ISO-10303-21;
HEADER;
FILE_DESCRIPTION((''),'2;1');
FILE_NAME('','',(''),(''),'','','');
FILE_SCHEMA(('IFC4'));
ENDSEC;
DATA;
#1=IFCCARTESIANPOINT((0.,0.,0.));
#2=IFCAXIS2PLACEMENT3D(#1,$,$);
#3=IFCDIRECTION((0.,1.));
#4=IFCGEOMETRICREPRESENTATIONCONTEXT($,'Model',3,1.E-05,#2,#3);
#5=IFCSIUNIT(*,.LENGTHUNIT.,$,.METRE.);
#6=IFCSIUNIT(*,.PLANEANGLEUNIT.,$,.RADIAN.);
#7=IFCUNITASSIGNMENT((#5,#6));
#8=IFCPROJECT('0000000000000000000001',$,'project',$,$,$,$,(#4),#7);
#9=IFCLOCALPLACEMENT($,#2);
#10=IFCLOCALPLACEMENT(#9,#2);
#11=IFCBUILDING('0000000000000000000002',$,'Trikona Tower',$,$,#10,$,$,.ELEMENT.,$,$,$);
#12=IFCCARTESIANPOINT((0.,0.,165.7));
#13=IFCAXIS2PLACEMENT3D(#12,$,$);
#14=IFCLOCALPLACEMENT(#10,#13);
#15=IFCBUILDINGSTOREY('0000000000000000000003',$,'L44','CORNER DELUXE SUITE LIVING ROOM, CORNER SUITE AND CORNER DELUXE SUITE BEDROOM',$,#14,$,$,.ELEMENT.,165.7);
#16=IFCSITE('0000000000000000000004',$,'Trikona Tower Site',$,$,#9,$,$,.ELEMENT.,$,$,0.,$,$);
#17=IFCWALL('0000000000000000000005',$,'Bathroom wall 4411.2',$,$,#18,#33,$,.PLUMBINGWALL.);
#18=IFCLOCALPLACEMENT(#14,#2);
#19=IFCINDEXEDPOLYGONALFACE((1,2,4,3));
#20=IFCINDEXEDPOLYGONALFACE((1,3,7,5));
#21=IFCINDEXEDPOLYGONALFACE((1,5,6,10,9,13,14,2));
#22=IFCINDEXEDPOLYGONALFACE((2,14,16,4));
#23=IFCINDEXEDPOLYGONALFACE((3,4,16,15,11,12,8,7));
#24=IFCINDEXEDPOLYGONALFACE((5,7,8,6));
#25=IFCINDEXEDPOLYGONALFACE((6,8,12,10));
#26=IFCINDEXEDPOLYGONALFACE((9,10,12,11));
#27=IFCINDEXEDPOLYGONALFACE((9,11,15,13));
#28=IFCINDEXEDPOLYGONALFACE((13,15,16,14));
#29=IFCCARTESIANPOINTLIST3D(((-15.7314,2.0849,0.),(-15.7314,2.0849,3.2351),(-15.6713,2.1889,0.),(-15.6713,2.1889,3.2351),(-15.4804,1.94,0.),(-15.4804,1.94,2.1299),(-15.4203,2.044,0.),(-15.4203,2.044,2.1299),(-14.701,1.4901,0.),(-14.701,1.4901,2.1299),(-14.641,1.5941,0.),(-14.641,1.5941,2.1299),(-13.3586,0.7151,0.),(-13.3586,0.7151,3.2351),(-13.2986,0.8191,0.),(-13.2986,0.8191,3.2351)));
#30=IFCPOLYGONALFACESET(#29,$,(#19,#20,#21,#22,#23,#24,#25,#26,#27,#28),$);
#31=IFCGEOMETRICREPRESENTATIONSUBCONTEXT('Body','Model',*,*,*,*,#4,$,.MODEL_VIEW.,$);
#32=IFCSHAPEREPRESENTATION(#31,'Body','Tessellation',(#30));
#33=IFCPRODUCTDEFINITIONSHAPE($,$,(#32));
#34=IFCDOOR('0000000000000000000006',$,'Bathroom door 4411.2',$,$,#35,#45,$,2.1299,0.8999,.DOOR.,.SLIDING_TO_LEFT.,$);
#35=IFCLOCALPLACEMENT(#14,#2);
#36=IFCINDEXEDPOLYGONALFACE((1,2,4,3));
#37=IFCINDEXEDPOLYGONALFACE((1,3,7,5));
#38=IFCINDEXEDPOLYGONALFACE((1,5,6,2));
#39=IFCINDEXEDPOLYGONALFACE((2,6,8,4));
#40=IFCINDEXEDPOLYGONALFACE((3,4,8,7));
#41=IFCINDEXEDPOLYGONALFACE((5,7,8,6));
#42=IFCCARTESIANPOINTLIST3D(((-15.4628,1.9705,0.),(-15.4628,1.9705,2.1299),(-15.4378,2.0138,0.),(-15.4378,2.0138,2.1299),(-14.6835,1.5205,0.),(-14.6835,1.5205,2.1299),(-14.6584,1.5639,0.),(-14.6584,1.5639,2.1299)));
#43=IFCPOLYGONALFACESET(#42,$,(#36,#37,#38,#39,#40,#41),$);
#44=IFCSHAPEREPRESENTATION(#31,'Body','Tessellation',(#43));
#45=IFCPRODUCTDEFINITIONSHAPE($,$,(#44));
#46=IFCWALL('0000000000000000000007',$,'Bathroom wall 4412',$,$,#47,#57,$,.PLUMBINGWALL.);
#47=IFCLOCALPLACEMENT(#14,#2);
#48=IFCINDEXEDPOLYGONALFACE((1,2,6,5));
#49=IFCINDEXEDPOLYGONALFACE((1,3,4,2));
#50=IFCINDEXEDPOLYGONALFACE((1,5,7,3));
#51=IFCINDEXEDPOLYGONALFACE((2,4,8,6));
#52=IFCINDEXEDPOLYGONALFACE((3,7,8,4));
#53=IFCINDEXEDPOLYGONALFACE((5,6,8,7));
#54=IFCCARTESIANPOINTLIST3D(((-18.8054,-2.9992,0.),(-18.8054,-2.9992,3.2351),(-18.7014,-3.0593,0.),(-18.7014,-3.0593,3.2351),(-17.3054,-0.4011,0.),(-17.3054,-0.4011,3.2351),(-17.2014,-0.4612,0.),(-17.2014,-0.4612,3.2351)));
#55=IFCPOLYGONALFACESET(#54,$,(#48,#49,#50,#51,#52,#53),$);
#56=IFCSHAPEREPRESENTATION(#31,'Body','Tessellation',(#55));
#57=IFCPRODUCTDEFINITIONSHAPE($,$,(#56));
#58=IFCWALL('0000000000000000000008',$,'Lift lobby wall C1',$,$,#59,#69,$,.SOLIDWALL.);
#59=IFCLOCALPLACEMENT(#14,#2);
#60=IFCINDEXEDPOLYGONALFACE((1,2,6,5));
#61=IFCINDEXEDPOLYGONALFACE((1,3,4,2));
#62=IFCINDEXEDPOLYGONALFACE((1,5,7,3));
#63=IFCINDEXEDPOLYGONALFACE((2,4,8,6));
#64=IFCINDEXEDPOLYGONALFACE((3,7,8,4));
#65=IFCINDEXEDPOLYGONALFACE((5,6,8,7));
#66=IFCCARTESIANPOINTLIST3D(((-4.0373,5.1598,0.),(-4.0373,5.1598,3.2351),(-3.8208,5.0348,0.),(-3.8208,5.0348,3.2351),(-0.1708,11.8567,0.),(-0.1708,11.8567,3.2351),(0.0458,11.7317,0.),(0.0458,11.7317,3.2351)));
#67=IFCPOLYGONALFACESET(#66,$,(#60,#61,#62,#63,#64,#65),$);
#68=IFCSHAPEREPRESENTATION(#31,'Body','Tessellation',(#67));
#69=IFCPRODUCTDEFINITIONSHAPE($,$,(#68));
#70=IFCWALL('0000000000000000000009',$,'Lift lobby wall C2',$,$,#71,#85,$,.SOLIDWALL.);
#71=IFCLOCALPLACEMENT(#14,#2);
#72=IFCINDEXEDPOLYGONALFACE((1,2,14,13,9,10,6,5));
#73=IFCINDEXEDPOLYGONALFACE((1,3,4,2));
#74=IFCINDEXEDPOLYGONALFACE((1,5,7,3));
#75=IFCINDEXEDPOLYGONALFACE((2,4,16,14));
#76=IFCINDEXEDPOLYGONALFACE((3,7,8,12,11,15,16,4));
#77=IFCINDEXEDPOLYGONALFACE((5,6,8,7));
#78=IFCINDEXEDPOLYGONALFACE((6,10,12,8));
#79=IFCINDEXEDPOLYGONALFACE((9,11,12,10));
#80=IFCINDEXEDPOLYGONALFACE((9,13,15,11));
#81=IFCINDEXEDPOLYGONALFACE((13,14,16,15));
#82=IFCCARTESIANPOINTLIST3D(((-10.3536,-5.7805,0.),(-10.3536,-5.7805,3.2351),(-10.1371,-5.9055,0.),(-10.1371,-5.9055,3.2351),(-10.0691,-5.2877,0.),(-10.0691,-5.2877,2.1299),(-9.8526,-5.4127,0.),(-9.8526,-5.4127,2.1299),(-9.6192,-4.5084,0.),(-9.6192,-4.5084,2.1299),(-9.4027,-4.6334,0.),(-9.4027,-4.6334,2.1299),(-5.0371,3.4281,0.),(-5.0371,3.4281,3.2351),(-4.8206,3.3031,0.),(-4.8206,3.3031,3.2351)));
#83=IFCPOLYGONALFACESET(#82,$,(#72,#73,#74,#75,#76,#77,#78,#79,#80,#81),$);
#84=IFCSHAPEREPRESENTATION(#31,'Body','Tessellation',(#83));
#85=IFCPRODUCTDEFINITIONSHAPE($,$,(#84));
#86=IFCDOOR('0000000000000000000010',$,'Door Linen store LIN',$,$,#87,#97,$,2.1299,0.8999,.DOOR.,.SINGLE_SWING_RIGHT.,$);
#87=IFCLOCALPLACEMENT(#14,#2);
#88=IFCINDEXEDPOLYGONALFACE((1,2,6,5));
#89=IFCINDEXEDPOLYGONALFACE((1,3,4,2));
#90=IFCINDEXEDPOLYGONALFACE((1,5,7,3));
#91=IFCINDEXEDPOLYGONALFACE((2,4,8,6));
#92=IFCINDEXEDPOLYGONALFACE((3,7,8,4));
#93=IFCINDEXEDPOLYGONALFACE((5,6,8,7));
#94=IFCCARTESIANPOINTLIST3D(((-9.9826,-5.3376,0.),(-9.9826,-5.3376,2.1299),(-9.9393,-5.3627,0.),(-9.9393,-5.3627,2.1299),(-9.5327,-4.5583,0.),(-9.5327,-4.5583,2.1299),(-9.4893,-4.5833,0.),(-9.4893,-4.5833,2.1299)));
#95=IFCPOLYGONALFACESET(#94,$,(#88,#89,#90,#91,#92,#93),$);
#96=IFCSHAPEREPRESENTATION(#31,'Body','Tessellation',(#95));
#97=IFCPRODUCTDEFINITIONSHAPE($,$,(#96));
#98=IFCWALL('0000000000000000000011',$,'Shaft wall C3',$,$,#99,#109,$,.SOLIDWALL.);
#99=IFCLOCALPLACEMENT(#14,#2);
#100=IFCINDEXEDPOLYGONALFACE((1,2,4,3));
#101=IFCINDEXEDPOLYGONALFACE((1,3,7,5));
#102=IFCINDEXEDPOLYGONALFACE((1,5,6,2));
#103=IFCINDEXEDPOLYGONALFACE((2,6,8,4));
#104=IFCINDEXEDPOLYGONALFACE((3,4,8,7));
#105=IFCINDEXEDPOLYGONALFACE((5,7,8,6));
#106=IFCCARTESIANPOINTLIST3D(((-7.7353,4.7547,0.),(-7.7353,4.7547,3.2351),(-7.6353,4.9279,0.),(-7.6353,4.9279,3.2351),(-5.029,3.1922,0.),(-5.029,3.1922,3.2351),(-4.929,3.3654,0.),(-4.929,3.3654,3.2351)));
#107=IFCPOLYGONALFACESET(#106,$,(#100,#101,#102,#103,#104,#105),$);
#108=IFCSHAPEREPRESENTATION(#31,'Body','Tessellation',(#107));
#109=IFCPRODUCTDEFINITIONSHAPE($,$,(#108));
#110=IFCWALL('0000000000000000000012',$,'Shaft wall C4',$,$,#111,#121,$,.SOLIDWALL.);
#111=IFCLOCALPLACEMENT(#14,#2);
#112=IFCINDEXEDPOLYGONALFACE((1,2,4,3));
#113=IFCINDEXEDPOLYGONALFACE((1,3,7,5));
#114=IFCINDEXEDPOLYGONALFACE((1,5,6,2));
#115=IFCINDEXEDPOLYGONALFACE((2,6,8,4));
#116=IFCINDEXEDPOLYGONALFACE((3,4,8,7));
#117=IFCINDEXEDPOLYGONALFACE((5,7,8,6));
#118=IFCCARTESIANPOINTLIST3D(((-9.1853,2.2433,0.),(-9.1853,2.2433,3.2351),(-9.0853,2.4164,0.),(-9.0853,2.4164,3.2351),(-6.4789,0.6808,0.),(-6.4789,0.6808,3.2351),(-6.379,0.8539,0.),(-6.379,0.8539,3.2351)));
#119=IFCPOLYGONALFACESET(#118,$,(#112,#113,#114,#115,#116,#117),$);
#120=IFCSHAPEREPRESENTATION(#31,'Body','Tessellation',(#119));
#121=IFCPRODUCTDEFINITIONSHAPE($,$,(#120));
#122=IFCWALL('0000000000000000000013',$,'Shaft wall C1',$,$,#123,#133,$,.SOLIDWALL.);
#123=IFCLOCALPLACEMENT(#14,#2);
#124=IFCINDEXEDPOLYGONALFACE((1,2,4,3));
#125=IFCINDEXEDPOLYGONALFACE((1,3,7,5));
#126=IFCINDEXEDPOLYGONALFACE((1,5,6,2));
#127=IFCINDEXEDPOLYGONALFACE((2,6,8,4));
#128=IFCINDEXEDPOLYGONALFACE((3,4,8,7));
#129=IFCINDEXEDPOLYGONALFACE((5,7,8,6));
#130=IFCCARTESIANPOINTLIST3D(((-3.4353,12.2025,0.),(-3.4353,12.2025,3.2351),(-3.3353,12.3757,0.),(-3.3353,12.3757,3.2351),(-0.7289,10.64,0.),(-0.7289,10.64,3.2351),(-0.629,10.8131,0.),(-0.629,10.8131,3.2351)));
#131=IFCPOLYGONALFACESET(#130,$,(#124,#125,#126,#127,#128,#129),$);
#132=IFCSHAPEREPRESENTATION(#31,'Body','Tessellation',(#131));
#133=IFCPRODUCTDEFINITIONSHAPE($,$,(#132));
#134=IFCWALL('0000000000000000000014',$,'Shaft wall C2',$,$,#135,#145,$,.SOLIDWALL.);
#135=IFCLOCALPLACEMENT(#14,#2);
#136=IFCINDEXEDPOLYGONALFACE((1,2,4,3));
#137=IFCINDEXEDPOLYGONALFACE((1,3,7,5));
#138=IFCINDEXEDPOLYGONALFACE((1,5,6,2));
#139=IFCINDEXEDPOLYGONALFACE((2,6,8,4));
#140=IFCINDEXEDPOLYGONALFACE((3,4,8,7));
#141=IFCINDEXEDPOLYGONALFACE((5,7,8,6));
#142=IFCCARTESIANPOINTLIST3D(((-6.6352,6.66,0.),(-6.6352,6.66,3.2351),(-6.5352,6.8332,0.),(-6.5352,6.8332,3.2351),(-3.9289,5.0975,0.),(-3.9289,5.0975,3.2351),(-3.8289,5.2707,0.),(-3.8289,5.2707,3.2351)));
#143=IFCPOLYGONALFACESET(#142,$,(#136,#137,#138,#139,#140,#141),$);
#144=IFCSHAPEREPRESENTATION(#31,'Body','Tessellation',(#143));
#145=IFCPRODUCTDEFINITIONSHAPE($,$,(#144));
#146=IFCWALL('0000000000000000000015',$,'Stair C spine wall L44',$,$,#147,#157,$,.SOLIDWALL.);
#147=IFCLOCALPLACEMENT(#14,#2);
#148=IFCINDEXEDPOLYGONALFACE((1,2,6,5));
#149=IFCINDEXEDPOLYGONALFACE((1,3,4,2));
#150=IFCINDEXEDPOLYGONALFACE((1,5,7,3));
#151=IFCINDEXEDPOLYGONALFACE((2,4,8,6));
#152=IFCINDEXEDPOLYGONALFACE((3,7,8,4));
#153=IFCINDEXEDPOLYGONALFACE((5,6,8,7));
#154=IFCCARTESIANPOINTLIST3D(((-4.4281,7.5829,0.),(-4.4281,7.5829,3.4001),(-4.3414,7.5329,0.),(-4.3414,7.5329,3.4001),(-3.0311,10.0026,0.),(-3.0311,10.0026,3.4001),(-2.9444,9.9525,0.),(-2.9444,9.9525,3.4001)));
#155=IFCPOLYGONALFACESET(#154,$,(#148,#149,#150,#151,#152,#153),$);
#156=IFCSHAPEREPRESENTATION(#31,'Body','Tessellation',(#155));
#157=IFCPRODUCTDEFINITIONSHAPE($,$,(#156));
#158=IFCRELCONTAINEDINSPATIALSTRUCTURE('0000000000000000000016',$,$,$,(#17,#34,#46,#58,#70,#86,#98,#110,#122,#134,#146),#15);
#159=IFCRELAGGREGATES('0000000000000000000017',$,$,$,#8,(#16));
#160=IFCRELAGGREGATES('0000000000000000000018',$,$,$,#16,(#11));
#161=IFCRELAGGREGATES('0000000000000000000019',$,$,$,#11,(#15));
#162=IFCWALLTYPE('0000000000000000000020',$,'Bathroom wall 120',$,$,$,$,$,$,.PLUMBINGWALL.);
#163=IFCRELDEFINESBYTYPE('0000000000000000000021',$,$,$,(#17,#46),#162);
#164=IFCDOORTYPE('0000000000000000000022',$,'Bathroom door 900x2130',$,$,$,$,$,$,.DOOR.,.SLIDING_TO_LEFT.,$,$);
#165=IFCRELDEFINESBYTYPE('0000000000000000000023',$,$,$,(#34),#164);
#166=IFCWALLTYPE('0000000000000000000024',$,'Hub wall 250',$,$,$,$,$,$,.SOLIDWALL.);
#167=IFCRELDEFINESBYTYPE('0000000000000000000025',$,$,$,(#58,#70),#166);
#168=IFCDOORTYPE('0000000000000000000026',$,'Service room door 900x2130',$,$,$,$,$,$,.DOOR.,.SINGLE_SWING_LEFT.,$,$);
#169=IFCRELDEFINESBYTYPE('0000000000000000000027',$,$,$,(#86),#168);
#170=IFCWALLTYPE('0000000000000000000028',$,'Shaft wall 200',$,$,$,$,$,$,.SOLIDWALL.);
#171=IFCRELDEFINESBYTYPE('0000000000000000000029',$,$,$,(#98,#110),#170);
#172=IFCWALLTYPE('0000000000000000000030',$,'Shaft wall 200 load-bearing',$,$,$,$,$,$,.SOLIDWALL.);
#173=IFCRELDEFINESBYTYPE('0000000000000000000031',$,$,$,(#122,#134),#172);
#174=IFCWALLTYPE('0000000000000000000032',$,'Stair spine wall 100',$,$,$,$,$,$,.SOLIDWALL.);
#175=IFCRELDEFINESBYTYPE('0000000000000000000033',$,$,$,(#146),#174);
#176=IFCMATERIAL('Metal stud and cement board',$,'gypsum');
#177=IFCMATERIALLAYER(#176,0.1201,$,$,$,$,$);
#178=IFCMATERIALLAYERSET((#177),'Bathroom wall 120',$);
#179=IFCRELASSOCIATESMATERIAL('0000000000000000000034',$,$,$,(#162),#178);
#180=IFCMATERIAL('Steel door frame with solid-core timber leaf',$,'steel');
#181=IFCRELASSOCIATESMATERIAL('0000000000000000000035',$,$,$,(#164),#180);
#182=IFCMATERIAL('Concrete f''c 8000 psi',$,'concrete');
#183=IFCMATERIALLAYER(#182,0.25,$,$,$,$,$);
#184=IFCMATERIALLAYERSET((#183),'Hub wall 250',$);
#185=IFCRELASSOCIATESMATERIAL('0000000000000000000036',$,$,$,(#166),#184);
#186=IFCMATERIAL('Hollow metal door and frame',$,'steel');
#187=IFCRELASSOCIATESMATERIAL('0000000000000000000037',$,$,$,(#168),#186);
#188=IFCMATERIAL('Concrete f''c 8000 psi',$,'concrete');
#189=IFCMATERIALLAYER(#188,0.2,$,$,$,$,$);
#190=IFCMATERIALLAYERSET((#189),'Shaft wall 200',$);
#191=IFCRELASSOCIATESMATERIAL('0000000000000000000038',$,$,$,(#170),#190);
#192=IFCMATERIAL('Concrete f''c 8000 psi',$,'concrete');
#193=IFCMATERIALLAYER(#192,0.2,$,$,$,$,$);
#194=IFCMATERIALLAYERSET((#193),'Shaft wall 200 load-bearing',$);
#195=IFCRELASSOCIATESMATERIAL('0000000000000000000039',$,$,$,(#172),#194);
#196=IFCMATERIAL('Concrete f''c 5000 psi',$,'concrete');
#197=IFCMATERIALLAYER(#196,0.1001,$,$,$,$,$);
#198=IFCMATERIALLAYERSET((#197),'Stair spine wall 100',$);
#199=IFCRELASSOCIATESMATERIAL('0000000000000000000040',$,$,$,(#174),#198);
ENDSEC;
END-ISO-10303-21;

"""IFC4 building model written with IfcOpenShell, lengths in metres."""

from ifc_helpers import new_model, si_unit, direction, frame, frame_2d, origin, place, context, subcontext, project, spatial, rectangle, extrude, material, layer, layer_set, type_object, element, fill, save


model = new_model("IFC4")

# Units and contexts
model_context = context("Model", 3, precision=1e-05, world=origin(), true_north=direction((0.0, 1.0)))
body_context = subcontext(model_context, "Body", "Model", "MODEL_VIEW")
ifc_project = project(units=[si_unit("LENGTHUNIT", "METRE"), si_unit("PLANEANGLEUNIT", "RADIAN")], contexts=[model_context])

# Site, building, storey
site_placement = place(None, origin())
site = spatial("IfcSite", under=ifc_project, at=site_placement, Name="Trikona Tower Site", CompositionType="ELEMENT", RefElevation=0.0)
building_placement = place(site_placement, origin())
building = spatial("IfcBuilding", under=site, at=building_placement, Name="Trikona Tower", CompositionType="ELEMENT")
storey_placement = place(building_placement, frame((0.0, 0.0, 165.7)))
storey = spatial("IfcBuildingStorey", under=building, at=storey_placement, Name="L44", Description="CORNER DELUXE SUITE LIVING ROOM, CORNER SUITE AND CORNER DELUXE SUITE BEDROOM", CompositionType="ELEMENT", Elevation=165.7)

# Shared definitions
ifc_material_1 = material(Name="Metal stud and cement board", Category="gypsum")
ifc_layer_1 = layer(ifc_material_1, 0.1201)
ifc_layer_set_1 = layer_set([ifc_layer_1], Name="Bathroom wall 120")
wall_type_1 = type_object("IfcWallType", Name="Bathroom wall 120", PredefinedType="PLUMBINGWALL", material=ifc_layer_set_1)
ifc_material_2 = material(Name="Steel door frame with solid-core timber leaf", Category="steel")
door_type_1 = type_object("IfcDoorType", Name="Bathroom door 900x2130", OperationType="SLIDING_TO_LEFT", PredefinedType="DOOR", material=ifc_material_2)

# Wall, opening, door
wall_1_placement = place(storey_placement, frame((-13.3286, 0.7671, 0.0), z_axis=(0.0, 0.0, 1.0), x_axis=(-0.866036, 0.499982, 0.0)))
wall_1 = element("IfcWall", 1, at=wall_1_placement, inside=storey, type_object=wall_type_1, Name="Bathroom wall 4411.2", PredefinedType="PLUMBINGWALL", context=body_context, shape_type="SweptSolid", body=[
    extrude(rectangle(XDim=2.7397, YDim=0.1201, at=frame_2d((1.3699, 0.0))), origin(), (0.0, 0.0, 1.0), 3.2351),
])
opening_1_placement = place(wall_1_placement, frame((1.55, 0.0, 0.0)))
opening_1 = element("IfcOpeningElement", 2, at=opening_1_placement, cuts=wall_1, PredefinedType="OPENING", context=body_context, shape_type="SweptSolid", body=[
    extrude(rectangle(XDim=0.8999, YDim=2.1299, at=frame_2d((0.45, 1.0649))), frame((0.0, 0.0701, 0.0), z_axis=(0.0, -1.0, 0.0), x_axis=(1.0, 0.0, 0.0)), (0.0, 0.0, 1.0), 0.1401),
])
door_1_placement = place(opening_1_placement, origin())
door_1 = element("IfcDoor", 3, at=door_1_placement, inside=storey, type_object=door_type_1, Name="Bathroom door 4411.2", OperationType="SLIDING_TO_LEFT", OverallHeight=2.1299, OverallWidth=0.8999, PredefinedType="DOOR", context=body_context, shape_type="SweptSolid", body=[
    extrude(rectangle(XDim=0.8999, YDim=2.1299, at=frame_2d((0.45, 1.0649))), frame((0.0, 0.0249, 0.0), z_axis=(0.0, -1.0, 0.0), x_axis=(1.0, 0.0, 0.0)), (0.0, 0.0, 1.0), 0.05),
])
fill(opening_1, door_1)

# Walls
wall_2_placement = place(storey_placement, frame((-17.2534, -0.4312, 0.0), z_axis=(0.0, 0.0, 1.0), x_axis=(-0.49999, -0.866031, 0.0)))
element("IfcWall", 4, at=wall_2_placement, inside=storey, type_object=wall_type_1, Name="Bathroom wall 4412", PredefinedType="PLUMBINGWALL", context=body_context, shape_type="SweptSolid", body=[
    extrude(rectangle(XDim=3.0, YDim=0.1201, at=frame_2d((1.5, 0.0))), origin(), (0.0, 0.0, 1.0), 3.2351),
])
ifc_material_3 = material(Name="Concrete f'c 8000 psi", Category="concrete")
ifc_layer_2 = layer(ifc_material_3, 0.25)
ifc_layer_set_2 = layer_set([ifc_layer_2], Name="Hub wall 250")
wall_type_2 = type_object("IfcWallType", Name="Hub wall 250", PredefinedType="SOLIDWALL", material=ifc_layer_set_2)
wall_3_placement = place(storey_placement, frame((-0.0625, 11.7942, 0.0), z_axis=(0.0, 0.0, 1.0), x_axis=(-0.500007, -0.866022, 0.0)))
element("IfcWall", 5, at=wall_3_placement, inside=storey, type_object=wall_type_2, Name="Lift lobby wall C1", PredefinedType="SOLIDWALL", context=body_context, shape_type="SweptSolid", body=[
    extrude(rectangle(XDim=7.7329, YDim=0.25, at=frame_2d((3.8665, 0.0))), origin(), (0.0, 0.0, 1.0), 3.2351),
])

# Wall, opening, door
wall_4_placement = place(storey_placement, frame((-4.929, 3.3655, 0.0), z_axis=(0.0, 0.0, 1.0), x_axis=(-0.499991, -0.86603, 0.0)))
wall_4 = element("IfcWall", 6, at=wall_4_placement, inside=storey, type_object=wall_type_2, Name="Lift lobby wall C2", PredefinedType="SOLIDWALL", context=body_context, shape_type="SweptSolid", body=[
    extrude(rectangle(XDim=10.6331, YDim=0.25, at=frame_2d((5.3164, 0.0))), origin(), (0.0, 0.0, 1.0), 3.2351),
])
opening_2_placement = place(wall_4_placement, frame((9.1641, 0.0, 0.0)))
opening_2 = element("IfcOpeningElement", 7, at=opening_2_placement, cuts=wall_4, PredefinedType="OPENING", context=body_context, shape_type="SweptSolid", body=[
    extrude(rectangle(XDim=0.8999, YDim=2.1299, at=frame_2d((0.45, 1.0649))), frame((0.0, 0.135, 0.0), z_axis=(0.0, -1.0, 0.0), x_axis=(1.0, 0.0, 0.0)), (0.0, 0.0, 1.0), 0.27),
])
ifc_material_4 = material(Name="Hollow metal door and frame", Category="steel")
door_type_2 = type_object("IfcDoorType", Name="Service room door 900x2130", OperationType="SINGLE_SWING_LEFT", PredefinedType="DOOR", material=ifc_material_4)
door_2_placement = place(opening_2_placement, origin())
door_2 = element("IfcDoor", 8, at=door_2_placement, inside=storey, type_object=door_type_2, Name="Door Linen store LIN", OperationType="SINGLE_SWING_RIGHT", OverallHeight=2.1299, OverallWidth=0.8999, PredefinedType="DOOR", context=body_context, shape_type="SweptSolid", body=[
    extrude(rectangle(XDim=0.8999, YDim=2.1299, at=frame_2d((0.45, 1.0649))), frame((0.0, 0.0249, 0.0), z_axis=(0.0, -1.0, 0.0), x_axis=(1.0, 0.0, 0.0)), (0.0, 0.0, 1.0), 0.05),
])
fill(opening_2, door_2)

# Walls
ifc_material_5 = material(Name="Concrete f'c 8000 psi", Category="concrete")
ifc_layer_3 = layer(ifc_material_5, 0.2)
ifc_layer_set_3 = layer_set([ifc_layer_3], Name="Shaft wall 200")
wall_type_3 = type_object("IfcWallType", Name="Shaft wall 200", PredefinedType="SOLIDWALL", material=ifc_layer_set_3)
for number, where, z_axis, x_axis, name in (
    (9, (-4.979, 3.2788, 0.0), (0.0, 0.0, 1.0), (-0.866023, 0.500004, 0.0), "Shaft wall C3"),
    (10, (-6.429, 0.7673, 0.0), (0.0, 0.0, 1.0), (-0.866023, 0.500004, 0.0), "Shaft wall C4"),
):
    element("IfcWall", number, at=place(storey_placement, frame(where, z_axis=z_axis, x_axis=x_axis)), inside=storey, type_object=wall_type_3, Name=name, PredefinedType="SOLIDWALL", context=body_context, shape_type="SweptSolid", body=[
        extrude(rectangle(XDim=3.125, YDim=0.2, at=frame_2d((1.5625, 0.0))), origin(), (0.0, 0.0, 1.0), 3.2351),
    ])
ifc_material_6 = material(Name="Concrete f'c 8000 psi", Category="concrete")
ifc_layer_4 = layer(ifc_material_6, 0.2)
ifc_layer_set_4 = layer_set([ifc_layer_4], Name="Shaft wall 200 load-bearing")
wall_type_4 = type_object("IfcWallType", Name="Shaft wall 200 load-bearing", PredefinedType="SOLIDWALL", material=ifc_layer_set_4)
for number, where, z_axis, x_axis, name in (
    (11, (-0.679, 10.7266, 0.0), (0.0, 0.0, 1.0), (-0.866023, 0.500004, 0.0), "Shaft wall C1"),
    (12, (-3.8789, 5.1841, 0.0), (0.0, 0.0, 1.0), (-0.866023, 0.500004, 0.0), "Shaft wall C2"),
):
    element("IfcWall", number, at=place(storey_placement, frame(where, z_axis=z_axis, x_axis=x_axis)), inside=storey, type_object=wall_type_4, Name=name, PredefinedType="SOLIDWALL", context=body_context, shape_type="SweptSolid", body=[
        extrude(rectangle(XDim=3.125, YDim=0.2, at=frame_2d((1.5625, 0.0))), origin(), (0.0, 0.0, 1.0), 3.2351),
    ])
ifc_material_7 = material(Name="Concrete f'c 5000 psi", Category="concrete")
ifc_layer_5 = layer(ifc_material_7, 0.1001)
ifc_layer_set_5 = layer_set([ifc_layer_5], Name="Stair spine wall 100")
wall_type_5 = type_object("IfcWallType", Name="Stair spine wall 100", PredefinedType="SOLIDWALL", material=ifc_layer_set_5)
wall_5_placement = place(storey_placement, frame((-2.9878, 9.9775, 0.0), z_axis=(0.0, 0.0, 1.0), x_axis=(-0.499992, -0.86603, 0.0)))
element("IfcWall", 13, at=wall_5_placement, inside=storey, type_object=wall_type_5, Name="Stair C spine wall L44", PredefinedType="SOLIDWALL", context=body_context, shape_type="SweptSolid", body=[
    extrude(rectangle(XDim=2.7939, YDim=0.1001, at=frame_2d((1.397, 0.0))), origin(), (0.0, 0.0, 1.0), 3.4001),
])

save(model, "model.ifc")
